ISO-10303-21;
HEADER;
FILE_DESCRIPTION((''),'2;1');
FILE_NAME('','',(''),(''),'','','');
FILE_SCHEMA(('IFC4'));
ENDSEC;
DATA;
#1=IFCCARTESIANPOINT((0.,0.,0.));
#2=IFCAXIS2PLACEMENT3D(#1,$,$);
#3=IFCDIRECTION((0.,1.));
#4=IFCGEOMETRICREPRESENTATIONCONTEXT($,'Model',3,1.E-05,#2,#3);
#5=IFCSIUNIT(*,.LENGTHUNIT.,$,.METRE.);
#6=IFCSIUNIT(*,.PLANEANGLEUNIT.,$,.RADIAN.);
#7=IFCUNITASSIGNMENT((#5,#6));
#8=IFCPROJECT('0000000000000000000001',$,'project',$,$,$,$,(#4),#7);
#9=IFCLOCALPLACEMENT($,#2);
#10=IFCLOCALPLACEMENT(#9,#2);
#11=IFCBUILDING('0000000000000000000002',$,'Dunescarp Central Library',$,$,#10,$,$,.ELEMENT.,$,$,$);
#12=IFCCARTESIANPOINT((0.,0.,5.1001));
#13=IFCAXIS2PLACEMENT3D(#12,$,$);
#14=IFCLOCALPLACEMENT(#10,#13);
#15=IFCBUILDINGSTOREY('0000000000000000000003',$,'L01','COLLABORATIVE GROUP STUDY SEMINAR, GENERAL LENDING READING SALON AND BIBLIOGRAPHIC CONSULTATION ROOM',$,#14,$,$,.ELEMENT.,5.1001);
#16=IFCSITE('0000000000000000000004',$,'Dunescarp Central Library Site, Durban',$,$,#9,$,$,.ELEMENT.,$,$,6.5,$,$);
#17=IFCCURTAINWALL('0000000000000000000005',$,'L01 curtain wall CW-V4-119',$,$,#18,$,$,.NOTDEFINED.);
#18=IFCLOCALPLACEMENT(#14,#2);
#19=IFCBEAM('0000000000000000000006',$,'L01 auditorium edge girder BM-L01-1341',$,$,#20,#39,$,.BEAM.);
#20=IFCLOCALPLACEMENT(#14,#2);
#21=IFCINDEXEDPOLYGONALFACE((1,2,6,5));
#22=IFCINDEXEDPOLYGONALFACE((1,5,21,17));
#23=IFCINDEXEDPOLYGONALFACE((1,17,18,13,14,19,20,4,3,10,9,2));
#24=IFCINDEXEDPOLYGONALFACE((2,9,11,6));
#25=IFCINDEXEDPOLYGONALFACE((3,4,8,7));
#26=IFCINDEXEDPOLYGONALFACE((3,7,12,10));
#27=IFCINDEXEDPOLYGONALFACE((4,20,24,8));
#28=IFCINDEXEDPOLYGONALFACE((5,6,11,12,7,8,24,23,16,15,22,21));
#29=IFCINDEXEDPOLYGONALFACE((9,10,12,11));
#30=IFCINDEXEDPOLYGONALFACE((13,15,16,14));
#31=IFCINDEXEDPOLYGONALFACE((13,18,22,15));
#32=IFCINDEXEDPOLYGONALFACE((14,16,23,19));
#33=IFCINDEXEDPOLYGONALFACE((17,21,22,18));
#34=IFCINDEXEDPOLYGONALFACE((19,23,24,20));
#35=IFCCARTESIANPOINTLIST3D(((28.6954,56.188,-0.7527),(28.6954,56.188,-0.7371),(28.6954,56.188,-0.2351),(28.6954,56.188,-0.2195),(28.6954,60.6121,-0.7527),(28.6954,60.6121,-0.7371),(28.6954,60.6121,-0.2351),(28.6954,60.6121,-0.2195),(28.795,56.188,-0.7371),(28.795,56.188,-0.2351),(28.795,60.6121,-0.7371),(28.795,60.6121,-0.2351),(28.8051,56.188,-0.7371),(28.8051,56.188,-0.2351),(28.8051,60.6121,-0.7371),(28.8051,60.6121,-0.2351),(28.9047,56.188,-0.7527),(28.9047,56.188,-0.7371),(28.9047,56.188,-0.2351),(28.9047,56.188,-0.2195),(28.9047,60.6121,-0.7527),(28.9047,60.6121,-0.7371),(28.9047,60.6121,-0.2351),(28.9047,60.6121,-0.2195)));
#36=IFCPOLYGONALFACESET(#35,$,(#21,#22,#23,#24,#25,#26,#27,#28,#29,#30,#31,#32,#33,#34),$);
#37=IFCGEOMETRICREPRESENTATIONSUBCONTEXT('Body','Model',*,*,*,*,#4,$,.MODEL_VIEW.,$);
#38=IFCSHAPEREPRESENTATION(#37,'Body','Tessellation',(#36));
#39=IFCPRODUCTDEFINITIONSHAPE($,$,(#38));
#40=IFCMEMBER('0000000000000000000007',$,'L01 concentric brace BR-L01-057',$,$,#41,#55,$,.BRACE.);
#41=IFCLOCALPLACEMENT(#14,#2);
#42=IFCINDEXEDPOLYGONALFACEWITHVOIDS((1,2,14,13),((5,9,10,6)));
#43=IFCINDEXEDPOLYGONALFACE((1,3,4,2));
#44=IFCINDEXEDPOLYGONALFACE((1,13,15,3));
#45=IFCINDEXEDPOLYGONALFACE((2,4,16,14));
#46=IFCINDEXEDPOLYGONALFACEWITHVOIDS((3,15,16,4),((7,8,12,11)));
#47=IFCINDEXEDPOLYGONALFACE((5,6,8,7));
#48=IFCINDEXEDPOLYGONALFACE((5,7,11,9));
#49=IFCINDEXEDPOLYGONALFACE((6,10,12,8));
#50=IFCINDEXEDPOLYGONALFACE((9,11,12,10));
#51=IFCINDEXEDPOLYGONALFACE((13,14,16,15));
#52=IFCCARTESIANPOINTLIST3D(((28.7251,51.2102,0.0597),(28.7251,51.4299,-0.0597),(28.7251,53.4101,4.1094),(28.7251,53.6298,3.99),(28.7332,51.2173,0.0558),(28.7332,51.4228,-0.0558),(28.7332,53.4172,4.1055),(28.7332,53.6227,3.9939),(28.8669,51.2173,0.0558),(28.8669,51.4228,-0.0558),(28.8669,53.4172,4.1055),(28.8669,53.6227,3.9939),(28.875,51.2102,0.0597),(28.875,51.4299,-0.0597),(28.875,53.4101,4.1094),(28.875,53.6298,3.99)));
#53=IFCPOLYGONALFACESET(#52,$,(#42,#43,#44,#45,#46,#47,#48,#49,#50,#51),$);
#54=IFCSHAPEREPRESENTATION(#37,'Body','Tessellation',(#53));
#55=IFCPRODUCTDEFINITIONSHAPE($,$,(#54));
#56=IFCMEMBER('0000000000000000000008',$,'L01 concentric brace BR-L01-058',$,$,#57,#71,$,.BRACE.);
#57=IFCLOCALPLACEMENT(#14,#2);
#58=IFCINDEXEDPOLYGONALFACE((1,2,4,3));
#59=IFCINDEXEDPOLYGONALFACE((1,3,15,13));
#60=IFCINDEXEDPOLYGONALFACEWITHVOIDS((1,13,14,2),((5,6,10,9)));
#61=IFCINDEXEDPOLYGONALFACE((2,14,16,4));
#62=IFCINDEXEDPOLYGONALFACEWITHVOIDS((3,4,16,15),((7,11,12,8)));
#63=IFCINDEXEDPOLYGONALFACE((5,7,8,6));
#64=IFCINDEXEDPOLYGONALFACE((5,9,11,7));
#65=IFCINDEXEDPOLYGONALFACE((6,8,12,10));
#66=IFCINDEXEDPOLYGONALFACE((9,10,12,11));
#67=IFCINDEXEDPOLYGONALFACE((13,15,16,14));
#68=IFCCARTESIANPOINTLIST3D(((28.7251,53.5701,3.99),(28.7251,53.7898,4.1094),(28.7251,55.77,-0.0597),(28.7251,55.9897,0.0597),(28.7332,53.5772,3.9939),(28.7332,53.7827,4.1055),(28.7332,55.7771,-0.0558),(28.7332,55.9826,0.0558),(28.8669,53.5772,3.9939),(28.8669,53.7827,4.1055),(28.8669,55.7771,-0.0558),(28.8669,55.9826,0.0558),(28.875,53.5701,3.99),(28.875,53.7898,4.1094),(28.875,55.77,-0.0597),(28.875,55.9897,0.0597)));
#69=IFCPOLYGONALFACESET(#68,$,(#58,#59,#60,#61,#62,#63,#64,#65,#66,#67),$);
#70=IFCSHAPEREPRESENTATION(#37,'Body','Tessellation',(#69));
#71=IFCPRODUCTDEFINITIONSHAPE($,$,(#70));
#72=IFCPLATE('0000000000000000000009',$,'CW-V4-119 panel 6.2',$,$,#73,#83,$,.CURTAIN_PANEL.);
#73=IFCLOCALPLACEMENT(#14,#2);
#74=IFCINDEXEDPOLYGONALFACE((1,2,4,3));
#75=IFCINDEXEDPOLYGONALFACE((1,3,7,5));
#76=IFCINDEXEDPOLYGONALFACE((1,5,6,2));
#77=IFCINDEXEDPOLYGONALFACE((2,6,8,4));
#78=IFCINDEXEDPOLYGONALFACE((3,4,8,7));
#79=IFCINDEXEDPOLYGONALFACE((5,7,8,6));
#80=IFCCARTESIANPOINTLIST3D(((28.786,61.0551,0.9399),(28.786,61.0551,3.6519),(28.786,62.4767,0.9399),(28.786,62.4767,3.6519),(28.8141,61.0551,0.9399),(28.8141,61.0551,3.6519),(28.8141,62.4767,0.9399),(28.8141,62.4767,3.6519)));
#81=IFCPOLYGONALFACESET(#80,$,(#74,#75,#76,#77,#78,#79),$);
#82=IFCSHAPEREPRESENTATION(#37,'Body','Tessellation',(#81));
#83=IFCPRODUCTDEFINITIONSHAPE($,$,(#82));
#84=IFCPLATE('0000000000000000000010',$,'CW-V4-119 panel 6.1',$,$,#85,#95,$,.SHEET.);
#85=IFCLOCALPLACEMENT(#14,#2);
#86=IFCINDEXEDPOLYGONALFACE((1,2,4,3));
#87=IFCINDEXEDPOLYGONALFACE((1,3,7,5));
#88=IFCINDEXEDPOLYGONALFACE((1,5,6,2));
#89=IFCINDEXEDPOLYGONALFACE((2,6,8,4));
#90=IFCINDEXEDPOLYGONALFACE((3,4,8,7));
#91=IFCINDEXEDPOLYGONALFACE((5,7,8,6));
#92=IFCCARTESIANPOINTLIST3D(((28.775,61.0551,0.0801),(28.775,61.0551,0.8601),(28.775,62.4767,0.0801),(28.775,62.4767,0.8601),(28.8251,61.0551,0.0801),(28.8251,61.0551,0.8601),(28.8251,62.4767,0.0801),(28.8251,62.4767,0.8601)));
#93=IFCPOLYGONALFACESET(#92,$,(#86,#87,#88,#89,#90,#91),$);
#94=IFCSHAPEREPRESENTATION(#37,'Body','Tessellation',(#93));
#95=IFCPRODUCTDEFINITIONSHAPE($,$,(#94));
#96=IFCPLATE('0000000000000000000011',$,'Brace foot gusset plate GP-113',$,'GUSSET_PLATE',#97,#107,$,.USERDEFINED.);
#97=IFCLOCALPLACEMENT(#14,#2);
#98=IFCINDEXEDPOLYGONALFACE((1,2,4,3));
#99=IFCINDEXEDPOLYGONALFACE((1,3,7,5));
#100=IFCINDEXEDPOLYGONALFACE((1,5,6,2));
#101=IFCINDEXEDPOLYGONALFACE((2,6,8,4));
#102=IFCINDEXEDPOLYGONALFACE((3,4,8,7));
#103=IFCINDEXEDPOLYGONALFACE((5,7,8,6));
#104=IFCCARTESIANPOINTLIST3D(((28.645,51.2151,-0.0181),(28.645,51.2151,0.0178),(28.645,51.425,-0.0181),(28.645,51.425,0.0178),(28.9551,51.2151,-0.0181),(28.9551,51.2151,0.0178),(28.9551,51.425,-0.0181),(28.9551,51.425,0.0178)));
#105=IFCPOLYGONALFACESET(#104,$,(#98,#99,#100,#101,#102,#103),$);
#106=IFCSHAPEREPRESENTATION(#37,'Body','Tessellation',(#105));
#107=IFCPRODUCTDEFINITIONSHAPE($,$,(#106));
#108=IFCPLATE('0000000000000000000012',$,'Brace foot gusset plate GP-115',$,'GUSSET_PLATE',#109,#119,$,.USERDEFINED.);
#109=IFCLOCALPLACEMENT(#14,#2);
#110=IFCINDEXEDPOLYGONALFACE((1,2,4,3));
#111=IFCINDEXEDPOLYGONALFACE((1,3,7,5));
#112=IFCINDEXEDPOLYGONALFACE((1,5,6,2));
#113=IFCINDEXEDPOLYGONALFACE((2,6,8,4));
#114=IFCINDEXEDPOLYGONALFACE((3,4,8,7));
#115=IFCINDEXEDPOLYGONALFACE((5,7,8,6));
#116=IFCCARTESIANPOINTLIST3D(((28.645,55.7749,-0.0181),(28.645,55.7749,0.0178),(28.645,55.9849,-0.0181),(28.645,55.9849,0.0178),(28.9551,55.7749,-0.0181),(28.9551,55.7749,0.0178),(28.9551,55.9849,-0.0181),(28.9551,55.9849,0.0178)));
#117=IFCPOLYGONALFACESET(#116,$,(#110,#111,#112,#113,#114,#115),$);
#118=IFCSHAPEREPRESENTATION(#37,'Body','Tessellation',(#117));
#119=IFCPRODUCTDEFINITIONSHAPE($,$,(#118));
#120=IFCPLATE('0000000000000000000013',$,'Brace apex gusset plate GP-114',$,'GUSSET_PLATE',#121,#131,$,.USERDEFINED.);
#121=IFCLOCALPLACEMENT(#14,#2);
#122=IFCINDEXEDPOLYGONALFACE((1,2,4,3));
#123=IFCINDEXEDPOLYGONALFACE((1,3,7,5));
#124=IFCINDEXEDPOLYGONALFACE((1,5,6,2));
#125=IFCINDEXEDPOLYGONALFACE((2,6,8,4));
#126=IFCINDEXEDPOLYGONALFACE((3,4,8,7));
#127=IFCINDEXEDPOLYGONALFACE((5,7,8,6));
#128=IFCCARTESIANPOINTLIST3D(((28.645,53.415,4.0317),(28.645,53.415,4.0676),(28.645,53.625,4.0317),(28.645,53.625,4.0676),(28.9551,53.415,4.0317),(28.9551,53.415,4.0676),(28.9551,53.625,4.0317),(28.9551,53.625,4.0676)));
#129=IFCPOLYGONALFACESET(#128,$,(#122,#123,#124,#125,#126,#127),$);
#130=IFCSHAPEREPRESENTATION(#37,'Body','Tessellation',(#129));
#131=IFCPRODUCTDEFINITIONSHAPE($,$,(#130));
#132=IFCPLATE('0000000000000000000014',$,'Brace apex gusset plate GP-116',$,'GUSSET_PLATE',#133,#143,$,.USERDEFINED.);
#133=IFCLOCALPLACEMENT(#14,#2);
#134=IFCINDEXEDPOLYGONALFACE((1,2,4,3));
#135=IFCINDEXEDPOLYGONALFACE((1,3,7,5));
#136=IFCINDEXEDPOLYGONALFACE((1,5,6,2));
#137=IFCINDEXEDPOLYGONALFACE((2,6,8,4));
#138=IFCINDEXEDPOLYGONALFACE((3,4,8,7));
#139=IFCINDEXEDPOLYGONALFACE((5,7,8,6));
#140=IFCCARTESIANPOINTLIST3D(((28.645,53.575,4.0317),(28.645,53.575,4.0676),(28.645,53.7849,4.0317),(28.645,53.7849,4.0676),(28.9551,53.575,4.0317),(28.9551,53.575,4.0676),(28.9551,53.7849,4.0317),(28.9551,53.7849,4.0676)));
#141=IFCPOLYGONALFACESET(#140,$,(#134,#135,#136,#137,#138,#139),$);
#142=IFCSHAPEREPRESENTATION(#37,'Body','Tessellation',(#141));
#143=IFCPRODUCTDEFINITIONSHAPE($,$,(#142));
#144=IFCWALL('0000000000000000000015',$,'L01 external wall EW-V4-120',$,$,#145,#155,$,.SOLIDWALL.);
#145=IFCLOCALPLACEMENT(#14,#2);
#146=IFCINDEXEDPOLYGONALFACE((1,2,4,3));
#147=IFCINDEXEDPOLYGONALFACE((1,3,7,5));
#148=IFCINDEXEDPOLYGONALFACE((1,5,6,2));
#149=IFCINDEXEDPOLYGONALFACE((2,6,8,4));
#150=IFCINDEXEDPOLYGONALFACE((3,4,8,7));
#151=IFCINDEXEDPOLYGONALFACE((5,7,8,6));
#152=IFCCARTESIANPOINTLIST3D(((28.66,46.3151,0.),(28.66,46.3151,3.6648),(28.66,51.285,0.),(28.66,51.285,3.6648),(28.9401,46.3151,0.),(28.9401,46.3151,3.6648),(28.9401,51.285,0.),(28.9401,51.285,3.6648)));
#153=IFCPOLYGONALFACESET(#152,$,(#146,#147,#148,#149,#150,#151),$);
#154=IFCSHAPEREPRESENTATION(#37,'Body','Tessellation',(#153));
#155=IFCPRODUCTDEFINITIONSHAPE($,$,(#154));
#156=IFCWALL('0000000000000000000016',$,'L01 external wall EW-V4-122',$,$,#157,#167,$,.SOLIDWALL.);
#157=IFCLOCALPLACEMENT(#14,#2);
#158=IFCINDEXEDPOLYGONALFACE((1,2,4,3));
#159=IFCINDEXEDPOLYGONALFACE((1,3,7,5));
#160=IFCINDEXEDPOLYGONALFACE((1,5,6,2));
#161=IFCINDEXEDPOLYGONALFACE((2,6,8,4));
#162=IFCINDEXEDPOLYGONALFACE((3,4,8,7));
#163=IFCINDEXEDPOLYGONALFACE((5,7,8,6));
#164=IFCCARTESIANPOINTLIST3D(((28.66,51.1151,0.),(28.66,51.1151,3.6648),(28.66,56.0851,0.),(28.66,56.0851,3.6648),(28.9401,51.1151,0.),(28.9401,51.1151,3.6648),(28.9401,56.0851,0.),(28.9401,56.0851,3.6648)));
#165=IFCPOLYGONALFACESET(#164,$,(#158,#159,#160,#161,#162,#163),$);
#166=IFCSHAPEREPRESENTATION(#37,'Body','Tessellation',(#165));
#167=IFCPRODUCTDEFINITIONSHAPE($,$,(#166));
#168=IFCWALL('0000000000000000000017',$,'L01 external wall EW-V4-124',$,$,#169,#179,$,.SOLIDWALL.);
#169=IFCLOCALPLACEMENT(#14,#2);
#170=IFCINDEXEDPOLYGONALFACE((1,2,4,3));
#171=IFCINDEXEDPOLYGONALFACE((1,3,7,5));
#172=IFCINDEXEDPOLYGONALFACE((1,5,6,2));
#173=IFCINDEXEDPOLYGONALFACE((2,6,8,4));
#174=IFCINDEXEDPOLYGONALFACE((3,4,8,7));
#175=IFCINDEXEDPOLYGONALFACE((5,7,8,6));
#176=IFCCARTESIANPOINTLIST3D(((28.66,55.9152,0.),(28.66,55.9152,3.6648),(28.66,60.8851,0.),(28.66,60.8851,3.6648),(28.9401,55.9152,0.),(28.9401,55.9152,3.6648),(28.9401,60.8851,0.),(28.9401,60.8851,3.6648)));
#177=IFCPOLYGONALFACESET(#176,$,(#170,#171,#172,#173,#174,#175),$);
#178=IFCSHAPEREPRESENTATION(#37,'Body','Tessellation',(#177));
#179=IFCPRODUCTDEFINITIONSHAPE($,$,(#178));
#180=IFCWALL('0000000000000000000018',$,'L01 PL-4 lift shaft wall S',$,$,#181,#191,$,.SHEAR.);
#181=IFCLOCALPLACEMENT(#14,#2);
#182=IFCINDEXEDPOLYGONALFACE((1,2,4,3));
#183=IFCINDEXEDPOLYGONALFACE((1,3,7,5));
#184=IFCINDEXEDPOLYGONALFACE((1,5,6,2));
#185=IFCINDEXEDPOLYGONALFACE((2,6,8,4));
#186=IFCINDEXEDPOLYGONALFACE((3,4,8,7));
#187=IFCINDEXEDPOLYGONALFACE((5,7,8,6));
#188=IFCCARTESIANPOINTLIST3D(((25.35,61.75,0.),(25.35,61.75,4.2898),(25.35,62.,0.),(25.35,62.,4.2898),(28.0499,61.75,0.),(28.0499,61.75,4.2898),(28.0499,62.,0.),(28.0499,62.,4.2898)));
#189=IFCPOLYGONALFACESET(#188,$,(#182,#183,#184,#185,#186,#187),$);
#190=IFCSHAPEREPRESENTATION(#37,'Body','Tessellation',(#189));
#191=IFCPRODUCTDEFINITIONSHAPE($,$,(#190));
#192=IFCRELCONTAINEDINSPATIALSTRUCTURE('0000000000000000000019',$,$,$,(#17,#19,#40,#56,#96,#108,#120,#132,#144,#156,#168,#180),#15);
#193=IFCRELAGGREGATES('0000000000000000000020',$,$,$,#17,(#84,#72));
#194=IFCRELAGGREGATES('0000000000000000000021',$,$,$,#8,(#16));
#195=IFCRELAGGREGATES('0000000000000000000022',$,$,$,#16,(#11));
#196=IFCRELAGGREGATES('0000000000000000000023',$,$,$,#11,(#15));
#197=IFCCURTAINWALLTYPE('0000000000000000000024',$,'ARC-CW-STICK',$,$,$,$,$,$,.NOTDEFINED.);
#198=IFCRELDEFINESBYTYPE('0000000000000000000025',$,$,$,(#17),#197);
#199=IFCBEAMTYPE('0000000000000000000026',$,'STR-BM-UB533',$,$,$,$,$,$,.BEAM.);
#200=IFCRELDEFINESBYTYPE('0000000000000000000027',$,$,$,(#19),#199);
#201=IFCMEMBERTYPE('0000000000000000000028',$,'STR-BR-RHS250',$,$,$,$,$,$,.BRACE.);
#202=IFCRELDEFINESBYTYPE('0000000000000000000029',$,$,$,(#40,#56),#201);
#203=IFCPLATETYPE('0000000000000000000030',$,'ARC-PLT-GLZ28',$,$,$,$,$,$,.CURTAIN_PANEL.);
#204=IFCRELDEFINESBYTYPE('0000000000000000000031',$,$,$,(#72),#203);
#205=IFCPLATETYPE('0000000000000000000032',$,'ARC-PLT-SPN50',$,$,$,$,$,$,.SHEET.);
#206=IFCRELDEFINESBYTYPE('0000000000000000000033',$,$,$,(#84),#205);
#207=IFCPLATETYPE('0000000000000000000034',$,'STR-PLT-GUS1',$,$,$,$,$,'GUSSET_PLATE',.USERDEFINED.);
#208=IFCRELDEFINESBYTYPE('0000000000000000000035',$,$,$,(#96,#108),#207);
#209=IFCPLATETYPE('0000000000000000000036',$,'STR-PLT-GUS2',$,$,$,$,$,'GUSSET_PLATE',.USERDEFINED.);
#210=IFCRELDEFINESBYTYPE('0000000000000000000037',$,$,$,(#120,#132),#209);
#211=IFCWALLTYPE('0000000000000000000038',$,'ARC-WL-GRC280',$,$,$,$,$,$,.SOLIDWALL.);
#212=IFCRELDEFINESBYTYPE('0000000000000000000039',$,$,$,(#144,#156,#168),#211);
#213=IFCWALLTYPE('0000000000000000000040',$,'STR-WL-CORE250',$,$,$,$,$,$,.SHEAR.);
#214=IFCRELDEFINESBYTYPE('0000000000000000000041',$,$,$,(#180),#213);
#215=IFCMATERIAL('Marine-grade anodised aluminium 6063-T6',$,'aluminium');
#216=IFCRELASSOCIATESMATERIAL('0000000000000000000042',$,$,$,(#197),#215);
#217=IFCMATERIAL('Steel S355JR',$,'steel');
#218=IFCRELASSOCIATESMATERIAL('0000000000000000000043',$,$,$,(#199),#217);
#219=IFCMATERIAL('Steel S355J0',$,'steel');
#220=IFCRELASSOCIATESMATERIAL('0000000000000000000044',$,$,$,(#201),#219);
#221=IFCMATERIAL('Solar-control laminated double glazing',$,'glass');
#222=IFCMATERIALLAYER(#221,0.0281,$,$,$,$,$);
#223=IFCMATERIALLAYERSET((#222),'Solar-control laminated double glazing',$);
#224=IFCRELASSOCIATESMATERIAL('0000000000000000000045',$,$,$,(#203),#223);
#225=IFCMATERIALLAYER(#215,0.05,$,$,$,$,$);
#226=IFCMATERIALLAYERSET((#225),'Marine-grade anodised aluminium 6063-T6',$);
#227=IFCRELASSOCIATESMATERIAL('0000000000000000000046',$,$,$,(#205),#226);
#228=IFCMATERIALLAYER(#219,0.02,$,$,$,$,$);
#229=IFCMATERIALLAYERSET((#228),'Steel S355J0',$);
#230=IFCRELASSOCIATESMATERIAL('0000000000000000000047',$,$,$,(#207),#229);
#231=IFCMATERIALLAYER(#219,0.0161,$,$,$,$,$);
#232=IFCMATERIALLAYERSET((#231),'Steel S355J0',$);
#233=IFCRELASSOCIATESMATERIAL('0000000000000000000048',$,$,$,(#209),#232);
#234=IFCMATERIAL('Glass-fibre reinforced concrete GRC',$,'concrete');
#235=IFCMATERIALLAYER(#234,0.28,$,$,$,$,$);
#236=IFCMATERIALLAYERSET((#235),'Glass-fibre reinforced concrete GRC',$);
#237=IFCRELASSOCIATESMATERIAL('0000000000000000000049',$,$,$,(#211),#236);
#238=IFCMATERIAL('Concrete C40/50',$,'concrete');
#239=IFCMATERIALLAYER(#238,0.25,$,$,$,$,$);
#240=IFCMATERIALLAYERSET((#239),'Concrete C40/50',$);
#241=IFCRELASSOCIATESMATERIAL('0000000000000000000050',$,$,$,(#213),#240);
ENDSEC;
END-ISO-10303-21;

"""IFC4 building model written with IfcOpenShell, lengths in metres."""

from ifc_helpers import new_model, si_unit, direction, frame, frame_2d, origin, origin_2d, place, context, subcontext, project, spatial, rectangle, hollow_rectangle, i_section, extrude, material, layer, layer_set, material_profile, profile_set, type_object, element, aggregate, save


model = new_model("IFC4")

# Units and contexts
model_context = context("Model", 3, precision=1e-05, world=origin(), true_north=direction((0.0, 1.0)))
body_context = subcontext(model_context, "Body", "Model", "MODEL_VIEW")
ifc_project = project(units=[si_unit("LENGTHUNIT", "METRE"), si_unit("PLANEANGLEUNIT", "RADIAN")], contexts=[model_context])

# Site, building, storey
site_placement = place(None, origin())
site = spatial("IfcSite", under=ifc_project, at=site_placement, Name="Dunescarp Central Library Site, Durban", CompositionType="ELEMENT", RefElevation=6.5)
building_placement = place(site_placement, origin())
building = spatial("IfcBuilding", under=site, at=building_placement, Name="Dunescarp Central Library", CompositionType="ELEMENT")
storey_placement = place(building_placement, frame((0.0, 0.0, 5.1001)))
storey = spatial("IfcBuildingStorey", under=building, at=storey_placement, Name="L01", Description="COLLABORATIVE GROUP STUDY SEMINAR, GENERAL LENDING READING SALON AND BIBLIOGRAPHIC CONSULTATION ROOM", CompositionType="ELEMENT", Elevation=5.1001)

# Shared definitions
ifc_material_1 = material(Name="Steel S355JR", Category="steel")

# Curtain wall
ifc_material_2 = material(Name="Marine-grade anodised aluminium 6063-T6", Category="aluminium")
curtain_wall_type = type_object("IfcCurtainWallType", Name="ARC-CW-STICK", PredefinedType="NOTDEFINED", material=ifc_material_2)
curtain_wall_placement = place(storey_placement, origin())
curtain_wall = element("IfcCurtainWall", 1, at=curtain_wall_placement, inside=storey, type_object=curtain_wall_type, Name="L01 curtain wall CW-V4-119", PredefinedType="NOTDEFINED")

# Beam
ifc_material_profile_1 = material_profile(ifc_material_1, i_section(OverallWidth=0.2092, OverallDepth=0.5332, WebThickness=0.01, FlangeThickness=0.0156, at=origin_2d()), Name="UB 533x210x92")
ifc_profile_set_1 = profile_set([ifc_material_profile_1], Name="Steel S355JR")
beam_type_1 = type_object("IfcBeamType", Name="STR-BM-UB533", PredefinedType="BEAM", material=ifc_profile_set_1)
for number, where, z_axis, x_axis, name in (
    (2, (28.8, 56.188, -0.4861), (0.0, 1.0, 0.0), (-1.0, 0.0, 0.0), "L01 auditorium edge girder BM-L01-1341"),
):
    element("IfcBeam", number, at=place(storey_placement, frame(where, z_axis=z_axis, x_axis=x_axis)), inside=storey, type_object=beam_type_1, Name=name, PredefinedType="BEAM", context=body_context, shape_type="SweptSolid", body=[
        extrude(i_section(OverallWidth=0.2092, OverallDepth=0.5332, WebThickness=0.01, FlangeThickness=0.0156, at=origin_2d()), origin(), (0.0, 0.0, 1.0), 4.4241),
    ])

# Members
ifc_material_3 = material(Name="Steel S355J0", Category="steel")
ifc_material_profile_2 = material_profile(ifc_material_3, hollow_rectangle(XDim=0.1499, YDim=0.25, WallThickness=0.0081, at=origin_2d()), Name="RHS 250x150x8")
ifc_profile_set_2 = profile_set([ifc_material_profile_2], Name="Steel S355J0")
member_type_1 = type_object("IfcMemberType", Name="STR-BR-RHS250", PredefinedType="BRACE", material=ifc_profile_set_2)
for number, where, z_axis, x_axis, name in (
    (3, (28.8, 51.3201, 0.0), (0.0, 0.477341, 0.878718), (-1.0, 0.0, 0.0), "L01 concentric brace BR-L01-057"),
    (4, (28.8, 55.8799, 0.0), (0.0, -0.477341, 0.878718), (1.0, 0.0, 0.0), "L01 concentric brace BR-L01-058"),
):
    element("IfcMember", number, at=place(storey_placement, frame(where, z_axis=z_axis, x_axis=x_axis)), inside=storey, type_object=member_type_1, Name=name, PredefinedType="BRACE", context=body_context, shape_type="SweptSolid", body=[
        extrude(hollow_rectangle(XDim=0.1499, YDim=0.25, WallThickness=0.0081, at=origin_2d()), origin(), (0.0, 0.0, 1.0), 4.6086),
    ])

# Plates
ifc_material_4 = material(Name="Solar-control laminated double glazing", Category="glass")
ifc_layer_1 = layer(ifc_material_4, 0.0281)
ifc_layer_set_1 = layer_set([ifc_layer_1], Name="Solar-control laminated double glazing")
plate_type_1 = type_object("IfcPlateType", Name="ARC-PLT-GLZ28", PredefinedType="CURTAIN_PANEL", material=ifc_layer_set_1)
plate_1_placement = place(storey_placement, frame((28.8, 61.7659, 0.9399), z_axis=(0.0, 0.0, 1.0), x_axis=(0.0, -1.0, 0.0)))
plate_1 = element("IfcPlate", 5, at=plate_1_placement, type_object=plate_type_1, Name="CW-V4-119 panel 6.2", PredefinedType="CURTAIN_PANEL", context=body_context, shape_type="SweptSolid", body=[
    extrude(rectangle(XDim=1.4216, YDim=0.0281, at=origin_2d()), origin(), (0.0, 0.0, 1.0), 2.7119),
])
ifc_layer_2 = layer(ifc_material_2, 0.05)
ifc_layer_set_2 = layer_set([ifc_layer_2], Name="Marine-grade anodised aluminium 6063-T6")
plate_type_2 = type_object("IfcPlateType", Name="ARC-PLT-SPN50", PredefinedType="SHEET", material=ifc_layer_set_2)
plate_2_placement = place(storey_placement, frame((28.8, 61.7659, 0.0801), z_axis=(0.0, 0.0, 1.0), x_axis=(0.0, -1.0, 0.0)))
plate_2 = element("IfcPlate", 6, at=plate_2_placement, type_object=plate_type_2, Name="CW-V4-119 panel 6.1", PredefinedType="SHEET", context=body_context, shape_type="SweptSolid", body=[
    extrude(rectangle(XDim=1.4216, YDim=0.05, at=origin_2d()), origin(), (0.0, 0.0, 1.0), 0.78),
])
aggregate(curtain_wall, [plate_2, plate_1])

# Plates
ifc_layer_3 = layer(ifc_material_3, 0.02)
ifc_layer_set_3 = layer_set([ifc_layer_3], Name="Steel S355J0")
plate_type_3 = type_object("IfcPlateType", Name="STR-PLT-GUS1", ElementType="GUSSET_PLATE", PredefinedType="USERDEFINED", material=ifc_layer_set_3)
for number, where, z_axis, x_axis, name in (
    (7, (28.8, 51.3201, -0.0181), (0.0, 0.0, 1.0), (1.0, 0.0, 0.0), "Brace foot gusset plate GP-113"),
    (8, (28.8, 55.8799, -0.0181), (0.0, 0.0, 1.0), (1.0, 0.0, 0.0), "Brace foot gusset plate GP-115"),
):
    element("IfcPlate", number, at=place(storey_placement, frame(where, z_axis=z_axis, x_axis=x_axis)), inside=storey, type_object=plate_type_3, Name=name, ObjectType="GUSSET_PLATE", PredefinedType="USERDEFINED", context=body_context, shape_type="SweptSolid", body=[
        extrude(rectangle(XDim=0.3101, YDim=0.21, at=origin_2d()), origin(), (0.0, 0.0, 1.0), 0.0359),
    ])
ifc_layer_4 = layer(ifc_material_3, 0.0161)
ifc_layer_set_4 = layer_set([ifc_layer_4], Name="Steel S355J0")
plate_type_4 = type_object("IfcPlateType", Name="STR-PLT-GUS2", ElementType="GUSSET_PLATE", PredefinedType="USERDEFINED", material=ifc_layer_set_4)
for number, where, z_axis, x_axis, name in (
    (9, (28.8, 53.52, 4.0317), (0.0, 0.0, 1.0), (1.0, 0.0, 0.0), "Brace apex gusset plate GP-114"),
    (10, (28.8, 53.6799, 4.0317), (0.0, 0.0, 1.0), (1.0, 0.0, 0.0), "Brace apex gusset plate GP-116"),
):
    element("IfcPlate", number, at=place(storey_placement, frame(where, z_axis=z_axis, x_axis=x_axis)), inside=storey, type_object=plate_type_4, Name=name, ObjectType="GUSSET_PLATE", PredefinedType="USERDEFINED", context=body_context, shape_type="SweptSolid", body=[
        extrude(rectangle(XDim=0.3101, YDim=0.21, at=origin_2d()), origin(), (0.0, 0.0, 1.0), 0.0359),
    ])

# Walls
ifc_material_5 = material(Name="Glass-fibre reinforced concrete GRC", Category="concrete")
ifc_layer_5 = layer(ifc_material_5, 0.28)
ifc_layer_set_5 = layer_set([ifc_layer_5], Name="Glass-fibre reinforced concrete GRC")
wall_type_1 = type_object("IfcWallType", Name="ARC-WL-GRC280", PredefinedType="SOLIDWALL", material=ifc_layer_set_5)
for number, where, z_axis, x_axis, name in (
    (11, (28.8, 51.2849, 0.0), (0.0, 0.0, 1.0), (0.0, -1.0, 0.0), "L01 external wall EW-V4-120"),
    (12, (28.8, 56.085, 0.0), (0.0, 0.0, 1.0), (0.0, -1.0, 0.0), "L01 external wall EW-V4-122"),
    (13, (28.8, 60.885, 0.0), (0.0, 0.0, 1.0), (0.0, -1.0, 0.0), "L01 external wall EW-V4-124"),
):
    element("IfcWall", number, at=place(storey_placement, frame(where, z_axis=z_axis, x_axis=x_axis)), inside=storey, type_object=wall_type_1, Name=name, PredefinedType="SOLIDWALL", context=body_context, shape_type="SweptSolid", body=[
        extrude(rectangle(XDim=4.97, YDim=0.28, at=frame_2d((2.4849, 0.0))), origin(), (0.0, 0.0, 1.0), 3.6648),
    ])
ifc_material_6 = material(Name="Concrete C40/50", Category="concrete")
ifc_layer_6 = layer(ifc_material_6, 0.25)
ifc_layer_set_6 = layer_set([ifc_layer_6], Name="Concrete C40/50")
wall_type_2 = type_object("IfcWallType", Name="STR-WL-CORE250", PredefinedType="SHEAR", material=ifc_layer_set_6)
wall_placement = place(storey_placement, frame((28.05, 61.875, 0.0), z_axis=(0.0, 0.0, 1.0), x_axis=(-1.0, 0.0, 0.0)))
element("IfcWall", 14, at=wall_placement, inside=storey, type_object=wall_type_2, Name="L01 PL-4 lift shaft wall S", PredefinedType="SHEAR", context=body_context, shape_type="SweptSolid", body=[
    extrude(rectangle(XDim=2.7, YDim=0.25, at=frame_2d((1.3501, 0.0))), origin(), (0.0, 0.0, 1.0), 4.2898),
])

save(model, "model.ifc")
